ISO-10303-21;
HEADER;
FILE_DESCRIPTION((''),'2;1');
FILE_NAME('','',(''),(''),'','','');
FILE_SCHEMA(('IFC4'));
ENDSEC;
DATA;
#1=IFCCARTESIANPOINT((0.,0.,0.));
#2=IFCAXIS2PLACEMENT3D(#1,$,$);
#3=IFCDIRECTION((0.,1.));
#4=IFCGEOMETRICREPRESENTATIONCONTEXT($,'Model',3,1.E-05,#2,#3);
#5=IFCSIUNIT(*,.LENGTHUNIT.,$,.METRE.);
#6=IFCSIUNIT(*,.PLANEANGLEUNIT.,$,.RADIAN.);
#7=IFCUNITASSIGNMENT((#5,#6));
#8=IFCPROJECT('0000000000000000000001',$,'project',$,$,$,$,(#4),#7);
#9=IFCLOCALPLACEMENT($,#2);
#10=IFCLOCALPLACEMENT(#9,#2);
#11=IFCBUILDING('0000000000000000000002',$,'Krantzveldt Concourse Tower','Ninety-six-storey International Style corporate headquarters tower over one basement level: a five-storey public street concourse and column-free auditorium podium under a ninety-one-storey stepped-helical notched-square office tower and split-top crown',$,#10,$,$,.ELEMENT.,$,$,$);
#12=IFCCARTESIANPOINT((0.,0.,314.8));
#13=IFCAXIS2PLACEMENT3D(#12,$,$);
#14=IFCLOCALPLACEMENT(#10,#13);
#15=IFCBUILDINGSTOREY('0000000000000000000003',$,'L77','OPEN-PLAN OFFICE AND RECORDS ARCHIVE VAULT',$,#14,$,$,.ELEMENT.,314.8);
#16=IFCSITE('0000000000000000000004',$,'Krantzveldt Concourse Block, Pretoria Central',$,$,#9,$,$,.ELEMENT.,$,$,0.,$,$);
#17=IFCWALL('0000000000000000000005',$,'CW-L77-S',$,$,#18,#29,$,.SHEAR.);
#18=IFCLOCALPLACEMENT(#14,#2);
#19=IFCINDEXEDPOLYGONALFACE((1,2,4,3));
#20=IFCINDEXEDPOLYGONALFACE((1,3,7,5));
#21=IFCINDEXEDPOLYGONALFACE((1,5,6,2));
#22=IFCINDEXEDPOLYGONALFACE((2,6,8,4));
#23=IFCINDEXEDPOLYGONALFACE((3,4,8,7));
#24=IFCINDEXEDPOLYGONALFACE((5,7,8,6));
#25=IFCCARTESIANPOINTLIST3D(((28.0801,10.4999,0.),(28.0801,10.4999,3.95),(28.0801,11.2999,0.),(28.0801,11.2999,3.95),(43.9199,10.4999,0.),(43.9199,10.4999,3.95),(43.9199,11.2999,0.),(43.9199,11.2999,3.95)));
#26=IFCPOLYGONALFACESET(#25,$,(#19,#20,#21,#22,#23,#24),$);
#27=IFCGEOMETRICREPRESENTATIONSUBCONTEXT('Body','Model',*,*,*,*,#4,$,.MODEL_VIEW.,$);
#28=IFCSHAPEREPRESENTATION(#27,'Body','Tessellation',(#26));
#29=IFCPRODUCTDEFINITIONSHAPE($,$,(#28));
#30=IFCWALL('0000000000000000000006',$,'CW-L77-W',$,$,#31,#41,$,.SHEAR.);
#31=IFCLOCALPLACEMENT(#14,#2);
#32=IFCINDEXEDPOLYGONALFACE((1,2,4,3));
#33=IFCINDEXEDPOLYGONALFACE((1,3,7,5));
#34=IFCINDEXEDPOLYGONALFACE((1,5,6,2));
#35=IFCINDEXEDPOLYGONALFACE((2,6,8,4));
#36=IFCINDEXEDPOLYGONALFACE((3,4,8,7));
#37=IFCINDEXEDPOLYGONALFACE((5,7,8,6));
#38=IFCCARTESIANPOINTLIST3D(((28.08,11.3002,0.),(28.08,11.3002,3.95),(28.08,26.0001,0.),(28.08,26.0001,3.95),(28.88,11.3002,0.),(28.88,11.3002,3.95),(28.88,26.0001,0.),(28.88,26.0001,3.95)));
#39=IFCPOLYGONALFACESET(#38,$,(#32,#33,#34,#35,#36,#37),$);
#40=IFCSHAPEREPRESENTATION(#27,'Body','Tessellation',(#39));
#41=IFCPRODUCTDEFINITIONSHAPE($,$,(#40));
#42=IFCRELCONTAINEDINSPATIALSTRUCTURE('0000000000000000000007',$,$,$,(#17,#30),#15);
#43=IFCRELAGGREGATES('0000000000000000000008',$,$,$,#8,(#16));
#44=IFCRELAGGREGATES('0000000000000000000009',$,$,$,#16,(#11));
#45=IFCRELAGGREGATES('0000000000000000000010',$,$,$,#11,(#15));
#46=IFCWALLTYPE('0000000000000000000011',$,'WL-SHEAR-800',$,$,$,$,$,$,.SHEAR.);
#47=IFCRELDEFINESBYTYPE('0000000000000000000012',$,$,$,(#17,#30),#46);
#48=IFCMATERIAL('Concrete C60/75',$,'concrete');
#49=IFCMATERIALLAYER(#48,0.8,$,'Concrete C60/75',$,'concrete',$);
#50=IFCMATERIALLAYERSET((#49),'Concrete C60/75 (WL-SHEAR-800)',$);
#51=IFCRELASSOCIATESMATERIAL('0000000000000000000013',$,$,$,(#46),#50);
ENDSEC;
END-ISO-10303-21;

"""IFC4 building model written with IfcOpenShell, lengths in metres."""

from ifc_helpers import new_model, si_unit, direction, frame, frame_2d, origin, place, context, subcontext, project, spatial, rectangle, extrude, material, layer, layer_set, type_object, element, save


model = new_model("IFC4")

# Units and contexts
model_context = context("Model", 3, precision=1e-05, world=origin(), true_north=direction((0.0, 1.0)))
body_context = subcontext(model_context, "Body", "Model", "MODEL_VIEW")
ifc_project = project(units=[si_unit("LENGTHUNIT", "METRE"), si_unit("PLANEANGLEUNIT", "RADIAN")], contexts=[model_context])

# Site, building, storey
site_placement = place(None, origin())
site = spatial("IfcSite", under=ifc_project, at=site_placement, Name="Krantzveldt Concourse Block, Pretoria Central", CompositionType="ELEMENT", RefElevation=0.0)
building_placement = place(site_placement, origin())
building = spatial("IfcBuilding", under=site, at=building_placement, Name="Krantzveldt Concourse Tower", Description="Ninety-six-storey International Style corporate headquarters tower over one basement level: a five-storey public street concourse and column-free auditorium podium under a ninety-one-storey stepped-helical notched-square office tower and split-top crown", CompositionType="ELEMENT")
storey_placement = place(building_placement, frame((0.0, 0.0, 314.8)))
storey = spatial("IfcBuildingStorey", under=building, at=storey_placement, Name="L77", Description="OPEN-PLAN OFFICE AND RECORDS ARCHIVE VAULT", CompositionType="ELEMENT", Elevation=314.8)

# Walls
ifc_material_1 = material(Name="Concrete C60/75", Category="concrete")
ifc_layer_1 = layer(ifc_material_1, 0.8, Name="Concrete C60/75", Category="concrete")
ifc_layer_set_1 = layer_set([ifc_layer_1], Name="Concrete C60/75 (WL-SHEAR-800)")
wall_type_1 = type_object("IfcWallType", Name="WL-SHEAR-800", PredefinedType="SHEAR", material=ifc_layer_set_1)
wall_1_placement = place(storey_placement, frame((28.0801, 10.8999, 0.0), z_axis=(0.0, 0.0, 1.0), x_axis=(1.0, 0.0, 0.0)))
element("IfcWall", 1, at=wall_1_placement, inside=storey, type_object=wall_type_1, Name="CW-L77-S", PredefinedType="SHEAR", context=body_context, shape_type="SweptSolid", body=[
    extrude(rectangle(XDim=15.8398, YDim=0.8, at=frame_2d((7.9199, 0.0))), origin(), (0.0, 0.0, 1.0), 3.95),
])
wall_2_placement = place(storey_placement, frame((28.48, 11.3, 0.0), z_axis=(0.0, 0.0, 1.0), x_axis=(0.0, 1.0, 0.0)))
element("IfcWall", 2, at=wall_2_placement, inside=storey, type_object=wall_type_1, Name="CW-L77-W", PredefinedType="SHEAR", context=body_context, shape_type="SweptSolid", body=[
    extrude(rectangle(XDim=14.7, YDim=0.8, at=frame_2d((7.3501, 0.0))), origin(), (0.0, 0.0, 1.0), 3.95),
])

save(model, "model.ifc")
